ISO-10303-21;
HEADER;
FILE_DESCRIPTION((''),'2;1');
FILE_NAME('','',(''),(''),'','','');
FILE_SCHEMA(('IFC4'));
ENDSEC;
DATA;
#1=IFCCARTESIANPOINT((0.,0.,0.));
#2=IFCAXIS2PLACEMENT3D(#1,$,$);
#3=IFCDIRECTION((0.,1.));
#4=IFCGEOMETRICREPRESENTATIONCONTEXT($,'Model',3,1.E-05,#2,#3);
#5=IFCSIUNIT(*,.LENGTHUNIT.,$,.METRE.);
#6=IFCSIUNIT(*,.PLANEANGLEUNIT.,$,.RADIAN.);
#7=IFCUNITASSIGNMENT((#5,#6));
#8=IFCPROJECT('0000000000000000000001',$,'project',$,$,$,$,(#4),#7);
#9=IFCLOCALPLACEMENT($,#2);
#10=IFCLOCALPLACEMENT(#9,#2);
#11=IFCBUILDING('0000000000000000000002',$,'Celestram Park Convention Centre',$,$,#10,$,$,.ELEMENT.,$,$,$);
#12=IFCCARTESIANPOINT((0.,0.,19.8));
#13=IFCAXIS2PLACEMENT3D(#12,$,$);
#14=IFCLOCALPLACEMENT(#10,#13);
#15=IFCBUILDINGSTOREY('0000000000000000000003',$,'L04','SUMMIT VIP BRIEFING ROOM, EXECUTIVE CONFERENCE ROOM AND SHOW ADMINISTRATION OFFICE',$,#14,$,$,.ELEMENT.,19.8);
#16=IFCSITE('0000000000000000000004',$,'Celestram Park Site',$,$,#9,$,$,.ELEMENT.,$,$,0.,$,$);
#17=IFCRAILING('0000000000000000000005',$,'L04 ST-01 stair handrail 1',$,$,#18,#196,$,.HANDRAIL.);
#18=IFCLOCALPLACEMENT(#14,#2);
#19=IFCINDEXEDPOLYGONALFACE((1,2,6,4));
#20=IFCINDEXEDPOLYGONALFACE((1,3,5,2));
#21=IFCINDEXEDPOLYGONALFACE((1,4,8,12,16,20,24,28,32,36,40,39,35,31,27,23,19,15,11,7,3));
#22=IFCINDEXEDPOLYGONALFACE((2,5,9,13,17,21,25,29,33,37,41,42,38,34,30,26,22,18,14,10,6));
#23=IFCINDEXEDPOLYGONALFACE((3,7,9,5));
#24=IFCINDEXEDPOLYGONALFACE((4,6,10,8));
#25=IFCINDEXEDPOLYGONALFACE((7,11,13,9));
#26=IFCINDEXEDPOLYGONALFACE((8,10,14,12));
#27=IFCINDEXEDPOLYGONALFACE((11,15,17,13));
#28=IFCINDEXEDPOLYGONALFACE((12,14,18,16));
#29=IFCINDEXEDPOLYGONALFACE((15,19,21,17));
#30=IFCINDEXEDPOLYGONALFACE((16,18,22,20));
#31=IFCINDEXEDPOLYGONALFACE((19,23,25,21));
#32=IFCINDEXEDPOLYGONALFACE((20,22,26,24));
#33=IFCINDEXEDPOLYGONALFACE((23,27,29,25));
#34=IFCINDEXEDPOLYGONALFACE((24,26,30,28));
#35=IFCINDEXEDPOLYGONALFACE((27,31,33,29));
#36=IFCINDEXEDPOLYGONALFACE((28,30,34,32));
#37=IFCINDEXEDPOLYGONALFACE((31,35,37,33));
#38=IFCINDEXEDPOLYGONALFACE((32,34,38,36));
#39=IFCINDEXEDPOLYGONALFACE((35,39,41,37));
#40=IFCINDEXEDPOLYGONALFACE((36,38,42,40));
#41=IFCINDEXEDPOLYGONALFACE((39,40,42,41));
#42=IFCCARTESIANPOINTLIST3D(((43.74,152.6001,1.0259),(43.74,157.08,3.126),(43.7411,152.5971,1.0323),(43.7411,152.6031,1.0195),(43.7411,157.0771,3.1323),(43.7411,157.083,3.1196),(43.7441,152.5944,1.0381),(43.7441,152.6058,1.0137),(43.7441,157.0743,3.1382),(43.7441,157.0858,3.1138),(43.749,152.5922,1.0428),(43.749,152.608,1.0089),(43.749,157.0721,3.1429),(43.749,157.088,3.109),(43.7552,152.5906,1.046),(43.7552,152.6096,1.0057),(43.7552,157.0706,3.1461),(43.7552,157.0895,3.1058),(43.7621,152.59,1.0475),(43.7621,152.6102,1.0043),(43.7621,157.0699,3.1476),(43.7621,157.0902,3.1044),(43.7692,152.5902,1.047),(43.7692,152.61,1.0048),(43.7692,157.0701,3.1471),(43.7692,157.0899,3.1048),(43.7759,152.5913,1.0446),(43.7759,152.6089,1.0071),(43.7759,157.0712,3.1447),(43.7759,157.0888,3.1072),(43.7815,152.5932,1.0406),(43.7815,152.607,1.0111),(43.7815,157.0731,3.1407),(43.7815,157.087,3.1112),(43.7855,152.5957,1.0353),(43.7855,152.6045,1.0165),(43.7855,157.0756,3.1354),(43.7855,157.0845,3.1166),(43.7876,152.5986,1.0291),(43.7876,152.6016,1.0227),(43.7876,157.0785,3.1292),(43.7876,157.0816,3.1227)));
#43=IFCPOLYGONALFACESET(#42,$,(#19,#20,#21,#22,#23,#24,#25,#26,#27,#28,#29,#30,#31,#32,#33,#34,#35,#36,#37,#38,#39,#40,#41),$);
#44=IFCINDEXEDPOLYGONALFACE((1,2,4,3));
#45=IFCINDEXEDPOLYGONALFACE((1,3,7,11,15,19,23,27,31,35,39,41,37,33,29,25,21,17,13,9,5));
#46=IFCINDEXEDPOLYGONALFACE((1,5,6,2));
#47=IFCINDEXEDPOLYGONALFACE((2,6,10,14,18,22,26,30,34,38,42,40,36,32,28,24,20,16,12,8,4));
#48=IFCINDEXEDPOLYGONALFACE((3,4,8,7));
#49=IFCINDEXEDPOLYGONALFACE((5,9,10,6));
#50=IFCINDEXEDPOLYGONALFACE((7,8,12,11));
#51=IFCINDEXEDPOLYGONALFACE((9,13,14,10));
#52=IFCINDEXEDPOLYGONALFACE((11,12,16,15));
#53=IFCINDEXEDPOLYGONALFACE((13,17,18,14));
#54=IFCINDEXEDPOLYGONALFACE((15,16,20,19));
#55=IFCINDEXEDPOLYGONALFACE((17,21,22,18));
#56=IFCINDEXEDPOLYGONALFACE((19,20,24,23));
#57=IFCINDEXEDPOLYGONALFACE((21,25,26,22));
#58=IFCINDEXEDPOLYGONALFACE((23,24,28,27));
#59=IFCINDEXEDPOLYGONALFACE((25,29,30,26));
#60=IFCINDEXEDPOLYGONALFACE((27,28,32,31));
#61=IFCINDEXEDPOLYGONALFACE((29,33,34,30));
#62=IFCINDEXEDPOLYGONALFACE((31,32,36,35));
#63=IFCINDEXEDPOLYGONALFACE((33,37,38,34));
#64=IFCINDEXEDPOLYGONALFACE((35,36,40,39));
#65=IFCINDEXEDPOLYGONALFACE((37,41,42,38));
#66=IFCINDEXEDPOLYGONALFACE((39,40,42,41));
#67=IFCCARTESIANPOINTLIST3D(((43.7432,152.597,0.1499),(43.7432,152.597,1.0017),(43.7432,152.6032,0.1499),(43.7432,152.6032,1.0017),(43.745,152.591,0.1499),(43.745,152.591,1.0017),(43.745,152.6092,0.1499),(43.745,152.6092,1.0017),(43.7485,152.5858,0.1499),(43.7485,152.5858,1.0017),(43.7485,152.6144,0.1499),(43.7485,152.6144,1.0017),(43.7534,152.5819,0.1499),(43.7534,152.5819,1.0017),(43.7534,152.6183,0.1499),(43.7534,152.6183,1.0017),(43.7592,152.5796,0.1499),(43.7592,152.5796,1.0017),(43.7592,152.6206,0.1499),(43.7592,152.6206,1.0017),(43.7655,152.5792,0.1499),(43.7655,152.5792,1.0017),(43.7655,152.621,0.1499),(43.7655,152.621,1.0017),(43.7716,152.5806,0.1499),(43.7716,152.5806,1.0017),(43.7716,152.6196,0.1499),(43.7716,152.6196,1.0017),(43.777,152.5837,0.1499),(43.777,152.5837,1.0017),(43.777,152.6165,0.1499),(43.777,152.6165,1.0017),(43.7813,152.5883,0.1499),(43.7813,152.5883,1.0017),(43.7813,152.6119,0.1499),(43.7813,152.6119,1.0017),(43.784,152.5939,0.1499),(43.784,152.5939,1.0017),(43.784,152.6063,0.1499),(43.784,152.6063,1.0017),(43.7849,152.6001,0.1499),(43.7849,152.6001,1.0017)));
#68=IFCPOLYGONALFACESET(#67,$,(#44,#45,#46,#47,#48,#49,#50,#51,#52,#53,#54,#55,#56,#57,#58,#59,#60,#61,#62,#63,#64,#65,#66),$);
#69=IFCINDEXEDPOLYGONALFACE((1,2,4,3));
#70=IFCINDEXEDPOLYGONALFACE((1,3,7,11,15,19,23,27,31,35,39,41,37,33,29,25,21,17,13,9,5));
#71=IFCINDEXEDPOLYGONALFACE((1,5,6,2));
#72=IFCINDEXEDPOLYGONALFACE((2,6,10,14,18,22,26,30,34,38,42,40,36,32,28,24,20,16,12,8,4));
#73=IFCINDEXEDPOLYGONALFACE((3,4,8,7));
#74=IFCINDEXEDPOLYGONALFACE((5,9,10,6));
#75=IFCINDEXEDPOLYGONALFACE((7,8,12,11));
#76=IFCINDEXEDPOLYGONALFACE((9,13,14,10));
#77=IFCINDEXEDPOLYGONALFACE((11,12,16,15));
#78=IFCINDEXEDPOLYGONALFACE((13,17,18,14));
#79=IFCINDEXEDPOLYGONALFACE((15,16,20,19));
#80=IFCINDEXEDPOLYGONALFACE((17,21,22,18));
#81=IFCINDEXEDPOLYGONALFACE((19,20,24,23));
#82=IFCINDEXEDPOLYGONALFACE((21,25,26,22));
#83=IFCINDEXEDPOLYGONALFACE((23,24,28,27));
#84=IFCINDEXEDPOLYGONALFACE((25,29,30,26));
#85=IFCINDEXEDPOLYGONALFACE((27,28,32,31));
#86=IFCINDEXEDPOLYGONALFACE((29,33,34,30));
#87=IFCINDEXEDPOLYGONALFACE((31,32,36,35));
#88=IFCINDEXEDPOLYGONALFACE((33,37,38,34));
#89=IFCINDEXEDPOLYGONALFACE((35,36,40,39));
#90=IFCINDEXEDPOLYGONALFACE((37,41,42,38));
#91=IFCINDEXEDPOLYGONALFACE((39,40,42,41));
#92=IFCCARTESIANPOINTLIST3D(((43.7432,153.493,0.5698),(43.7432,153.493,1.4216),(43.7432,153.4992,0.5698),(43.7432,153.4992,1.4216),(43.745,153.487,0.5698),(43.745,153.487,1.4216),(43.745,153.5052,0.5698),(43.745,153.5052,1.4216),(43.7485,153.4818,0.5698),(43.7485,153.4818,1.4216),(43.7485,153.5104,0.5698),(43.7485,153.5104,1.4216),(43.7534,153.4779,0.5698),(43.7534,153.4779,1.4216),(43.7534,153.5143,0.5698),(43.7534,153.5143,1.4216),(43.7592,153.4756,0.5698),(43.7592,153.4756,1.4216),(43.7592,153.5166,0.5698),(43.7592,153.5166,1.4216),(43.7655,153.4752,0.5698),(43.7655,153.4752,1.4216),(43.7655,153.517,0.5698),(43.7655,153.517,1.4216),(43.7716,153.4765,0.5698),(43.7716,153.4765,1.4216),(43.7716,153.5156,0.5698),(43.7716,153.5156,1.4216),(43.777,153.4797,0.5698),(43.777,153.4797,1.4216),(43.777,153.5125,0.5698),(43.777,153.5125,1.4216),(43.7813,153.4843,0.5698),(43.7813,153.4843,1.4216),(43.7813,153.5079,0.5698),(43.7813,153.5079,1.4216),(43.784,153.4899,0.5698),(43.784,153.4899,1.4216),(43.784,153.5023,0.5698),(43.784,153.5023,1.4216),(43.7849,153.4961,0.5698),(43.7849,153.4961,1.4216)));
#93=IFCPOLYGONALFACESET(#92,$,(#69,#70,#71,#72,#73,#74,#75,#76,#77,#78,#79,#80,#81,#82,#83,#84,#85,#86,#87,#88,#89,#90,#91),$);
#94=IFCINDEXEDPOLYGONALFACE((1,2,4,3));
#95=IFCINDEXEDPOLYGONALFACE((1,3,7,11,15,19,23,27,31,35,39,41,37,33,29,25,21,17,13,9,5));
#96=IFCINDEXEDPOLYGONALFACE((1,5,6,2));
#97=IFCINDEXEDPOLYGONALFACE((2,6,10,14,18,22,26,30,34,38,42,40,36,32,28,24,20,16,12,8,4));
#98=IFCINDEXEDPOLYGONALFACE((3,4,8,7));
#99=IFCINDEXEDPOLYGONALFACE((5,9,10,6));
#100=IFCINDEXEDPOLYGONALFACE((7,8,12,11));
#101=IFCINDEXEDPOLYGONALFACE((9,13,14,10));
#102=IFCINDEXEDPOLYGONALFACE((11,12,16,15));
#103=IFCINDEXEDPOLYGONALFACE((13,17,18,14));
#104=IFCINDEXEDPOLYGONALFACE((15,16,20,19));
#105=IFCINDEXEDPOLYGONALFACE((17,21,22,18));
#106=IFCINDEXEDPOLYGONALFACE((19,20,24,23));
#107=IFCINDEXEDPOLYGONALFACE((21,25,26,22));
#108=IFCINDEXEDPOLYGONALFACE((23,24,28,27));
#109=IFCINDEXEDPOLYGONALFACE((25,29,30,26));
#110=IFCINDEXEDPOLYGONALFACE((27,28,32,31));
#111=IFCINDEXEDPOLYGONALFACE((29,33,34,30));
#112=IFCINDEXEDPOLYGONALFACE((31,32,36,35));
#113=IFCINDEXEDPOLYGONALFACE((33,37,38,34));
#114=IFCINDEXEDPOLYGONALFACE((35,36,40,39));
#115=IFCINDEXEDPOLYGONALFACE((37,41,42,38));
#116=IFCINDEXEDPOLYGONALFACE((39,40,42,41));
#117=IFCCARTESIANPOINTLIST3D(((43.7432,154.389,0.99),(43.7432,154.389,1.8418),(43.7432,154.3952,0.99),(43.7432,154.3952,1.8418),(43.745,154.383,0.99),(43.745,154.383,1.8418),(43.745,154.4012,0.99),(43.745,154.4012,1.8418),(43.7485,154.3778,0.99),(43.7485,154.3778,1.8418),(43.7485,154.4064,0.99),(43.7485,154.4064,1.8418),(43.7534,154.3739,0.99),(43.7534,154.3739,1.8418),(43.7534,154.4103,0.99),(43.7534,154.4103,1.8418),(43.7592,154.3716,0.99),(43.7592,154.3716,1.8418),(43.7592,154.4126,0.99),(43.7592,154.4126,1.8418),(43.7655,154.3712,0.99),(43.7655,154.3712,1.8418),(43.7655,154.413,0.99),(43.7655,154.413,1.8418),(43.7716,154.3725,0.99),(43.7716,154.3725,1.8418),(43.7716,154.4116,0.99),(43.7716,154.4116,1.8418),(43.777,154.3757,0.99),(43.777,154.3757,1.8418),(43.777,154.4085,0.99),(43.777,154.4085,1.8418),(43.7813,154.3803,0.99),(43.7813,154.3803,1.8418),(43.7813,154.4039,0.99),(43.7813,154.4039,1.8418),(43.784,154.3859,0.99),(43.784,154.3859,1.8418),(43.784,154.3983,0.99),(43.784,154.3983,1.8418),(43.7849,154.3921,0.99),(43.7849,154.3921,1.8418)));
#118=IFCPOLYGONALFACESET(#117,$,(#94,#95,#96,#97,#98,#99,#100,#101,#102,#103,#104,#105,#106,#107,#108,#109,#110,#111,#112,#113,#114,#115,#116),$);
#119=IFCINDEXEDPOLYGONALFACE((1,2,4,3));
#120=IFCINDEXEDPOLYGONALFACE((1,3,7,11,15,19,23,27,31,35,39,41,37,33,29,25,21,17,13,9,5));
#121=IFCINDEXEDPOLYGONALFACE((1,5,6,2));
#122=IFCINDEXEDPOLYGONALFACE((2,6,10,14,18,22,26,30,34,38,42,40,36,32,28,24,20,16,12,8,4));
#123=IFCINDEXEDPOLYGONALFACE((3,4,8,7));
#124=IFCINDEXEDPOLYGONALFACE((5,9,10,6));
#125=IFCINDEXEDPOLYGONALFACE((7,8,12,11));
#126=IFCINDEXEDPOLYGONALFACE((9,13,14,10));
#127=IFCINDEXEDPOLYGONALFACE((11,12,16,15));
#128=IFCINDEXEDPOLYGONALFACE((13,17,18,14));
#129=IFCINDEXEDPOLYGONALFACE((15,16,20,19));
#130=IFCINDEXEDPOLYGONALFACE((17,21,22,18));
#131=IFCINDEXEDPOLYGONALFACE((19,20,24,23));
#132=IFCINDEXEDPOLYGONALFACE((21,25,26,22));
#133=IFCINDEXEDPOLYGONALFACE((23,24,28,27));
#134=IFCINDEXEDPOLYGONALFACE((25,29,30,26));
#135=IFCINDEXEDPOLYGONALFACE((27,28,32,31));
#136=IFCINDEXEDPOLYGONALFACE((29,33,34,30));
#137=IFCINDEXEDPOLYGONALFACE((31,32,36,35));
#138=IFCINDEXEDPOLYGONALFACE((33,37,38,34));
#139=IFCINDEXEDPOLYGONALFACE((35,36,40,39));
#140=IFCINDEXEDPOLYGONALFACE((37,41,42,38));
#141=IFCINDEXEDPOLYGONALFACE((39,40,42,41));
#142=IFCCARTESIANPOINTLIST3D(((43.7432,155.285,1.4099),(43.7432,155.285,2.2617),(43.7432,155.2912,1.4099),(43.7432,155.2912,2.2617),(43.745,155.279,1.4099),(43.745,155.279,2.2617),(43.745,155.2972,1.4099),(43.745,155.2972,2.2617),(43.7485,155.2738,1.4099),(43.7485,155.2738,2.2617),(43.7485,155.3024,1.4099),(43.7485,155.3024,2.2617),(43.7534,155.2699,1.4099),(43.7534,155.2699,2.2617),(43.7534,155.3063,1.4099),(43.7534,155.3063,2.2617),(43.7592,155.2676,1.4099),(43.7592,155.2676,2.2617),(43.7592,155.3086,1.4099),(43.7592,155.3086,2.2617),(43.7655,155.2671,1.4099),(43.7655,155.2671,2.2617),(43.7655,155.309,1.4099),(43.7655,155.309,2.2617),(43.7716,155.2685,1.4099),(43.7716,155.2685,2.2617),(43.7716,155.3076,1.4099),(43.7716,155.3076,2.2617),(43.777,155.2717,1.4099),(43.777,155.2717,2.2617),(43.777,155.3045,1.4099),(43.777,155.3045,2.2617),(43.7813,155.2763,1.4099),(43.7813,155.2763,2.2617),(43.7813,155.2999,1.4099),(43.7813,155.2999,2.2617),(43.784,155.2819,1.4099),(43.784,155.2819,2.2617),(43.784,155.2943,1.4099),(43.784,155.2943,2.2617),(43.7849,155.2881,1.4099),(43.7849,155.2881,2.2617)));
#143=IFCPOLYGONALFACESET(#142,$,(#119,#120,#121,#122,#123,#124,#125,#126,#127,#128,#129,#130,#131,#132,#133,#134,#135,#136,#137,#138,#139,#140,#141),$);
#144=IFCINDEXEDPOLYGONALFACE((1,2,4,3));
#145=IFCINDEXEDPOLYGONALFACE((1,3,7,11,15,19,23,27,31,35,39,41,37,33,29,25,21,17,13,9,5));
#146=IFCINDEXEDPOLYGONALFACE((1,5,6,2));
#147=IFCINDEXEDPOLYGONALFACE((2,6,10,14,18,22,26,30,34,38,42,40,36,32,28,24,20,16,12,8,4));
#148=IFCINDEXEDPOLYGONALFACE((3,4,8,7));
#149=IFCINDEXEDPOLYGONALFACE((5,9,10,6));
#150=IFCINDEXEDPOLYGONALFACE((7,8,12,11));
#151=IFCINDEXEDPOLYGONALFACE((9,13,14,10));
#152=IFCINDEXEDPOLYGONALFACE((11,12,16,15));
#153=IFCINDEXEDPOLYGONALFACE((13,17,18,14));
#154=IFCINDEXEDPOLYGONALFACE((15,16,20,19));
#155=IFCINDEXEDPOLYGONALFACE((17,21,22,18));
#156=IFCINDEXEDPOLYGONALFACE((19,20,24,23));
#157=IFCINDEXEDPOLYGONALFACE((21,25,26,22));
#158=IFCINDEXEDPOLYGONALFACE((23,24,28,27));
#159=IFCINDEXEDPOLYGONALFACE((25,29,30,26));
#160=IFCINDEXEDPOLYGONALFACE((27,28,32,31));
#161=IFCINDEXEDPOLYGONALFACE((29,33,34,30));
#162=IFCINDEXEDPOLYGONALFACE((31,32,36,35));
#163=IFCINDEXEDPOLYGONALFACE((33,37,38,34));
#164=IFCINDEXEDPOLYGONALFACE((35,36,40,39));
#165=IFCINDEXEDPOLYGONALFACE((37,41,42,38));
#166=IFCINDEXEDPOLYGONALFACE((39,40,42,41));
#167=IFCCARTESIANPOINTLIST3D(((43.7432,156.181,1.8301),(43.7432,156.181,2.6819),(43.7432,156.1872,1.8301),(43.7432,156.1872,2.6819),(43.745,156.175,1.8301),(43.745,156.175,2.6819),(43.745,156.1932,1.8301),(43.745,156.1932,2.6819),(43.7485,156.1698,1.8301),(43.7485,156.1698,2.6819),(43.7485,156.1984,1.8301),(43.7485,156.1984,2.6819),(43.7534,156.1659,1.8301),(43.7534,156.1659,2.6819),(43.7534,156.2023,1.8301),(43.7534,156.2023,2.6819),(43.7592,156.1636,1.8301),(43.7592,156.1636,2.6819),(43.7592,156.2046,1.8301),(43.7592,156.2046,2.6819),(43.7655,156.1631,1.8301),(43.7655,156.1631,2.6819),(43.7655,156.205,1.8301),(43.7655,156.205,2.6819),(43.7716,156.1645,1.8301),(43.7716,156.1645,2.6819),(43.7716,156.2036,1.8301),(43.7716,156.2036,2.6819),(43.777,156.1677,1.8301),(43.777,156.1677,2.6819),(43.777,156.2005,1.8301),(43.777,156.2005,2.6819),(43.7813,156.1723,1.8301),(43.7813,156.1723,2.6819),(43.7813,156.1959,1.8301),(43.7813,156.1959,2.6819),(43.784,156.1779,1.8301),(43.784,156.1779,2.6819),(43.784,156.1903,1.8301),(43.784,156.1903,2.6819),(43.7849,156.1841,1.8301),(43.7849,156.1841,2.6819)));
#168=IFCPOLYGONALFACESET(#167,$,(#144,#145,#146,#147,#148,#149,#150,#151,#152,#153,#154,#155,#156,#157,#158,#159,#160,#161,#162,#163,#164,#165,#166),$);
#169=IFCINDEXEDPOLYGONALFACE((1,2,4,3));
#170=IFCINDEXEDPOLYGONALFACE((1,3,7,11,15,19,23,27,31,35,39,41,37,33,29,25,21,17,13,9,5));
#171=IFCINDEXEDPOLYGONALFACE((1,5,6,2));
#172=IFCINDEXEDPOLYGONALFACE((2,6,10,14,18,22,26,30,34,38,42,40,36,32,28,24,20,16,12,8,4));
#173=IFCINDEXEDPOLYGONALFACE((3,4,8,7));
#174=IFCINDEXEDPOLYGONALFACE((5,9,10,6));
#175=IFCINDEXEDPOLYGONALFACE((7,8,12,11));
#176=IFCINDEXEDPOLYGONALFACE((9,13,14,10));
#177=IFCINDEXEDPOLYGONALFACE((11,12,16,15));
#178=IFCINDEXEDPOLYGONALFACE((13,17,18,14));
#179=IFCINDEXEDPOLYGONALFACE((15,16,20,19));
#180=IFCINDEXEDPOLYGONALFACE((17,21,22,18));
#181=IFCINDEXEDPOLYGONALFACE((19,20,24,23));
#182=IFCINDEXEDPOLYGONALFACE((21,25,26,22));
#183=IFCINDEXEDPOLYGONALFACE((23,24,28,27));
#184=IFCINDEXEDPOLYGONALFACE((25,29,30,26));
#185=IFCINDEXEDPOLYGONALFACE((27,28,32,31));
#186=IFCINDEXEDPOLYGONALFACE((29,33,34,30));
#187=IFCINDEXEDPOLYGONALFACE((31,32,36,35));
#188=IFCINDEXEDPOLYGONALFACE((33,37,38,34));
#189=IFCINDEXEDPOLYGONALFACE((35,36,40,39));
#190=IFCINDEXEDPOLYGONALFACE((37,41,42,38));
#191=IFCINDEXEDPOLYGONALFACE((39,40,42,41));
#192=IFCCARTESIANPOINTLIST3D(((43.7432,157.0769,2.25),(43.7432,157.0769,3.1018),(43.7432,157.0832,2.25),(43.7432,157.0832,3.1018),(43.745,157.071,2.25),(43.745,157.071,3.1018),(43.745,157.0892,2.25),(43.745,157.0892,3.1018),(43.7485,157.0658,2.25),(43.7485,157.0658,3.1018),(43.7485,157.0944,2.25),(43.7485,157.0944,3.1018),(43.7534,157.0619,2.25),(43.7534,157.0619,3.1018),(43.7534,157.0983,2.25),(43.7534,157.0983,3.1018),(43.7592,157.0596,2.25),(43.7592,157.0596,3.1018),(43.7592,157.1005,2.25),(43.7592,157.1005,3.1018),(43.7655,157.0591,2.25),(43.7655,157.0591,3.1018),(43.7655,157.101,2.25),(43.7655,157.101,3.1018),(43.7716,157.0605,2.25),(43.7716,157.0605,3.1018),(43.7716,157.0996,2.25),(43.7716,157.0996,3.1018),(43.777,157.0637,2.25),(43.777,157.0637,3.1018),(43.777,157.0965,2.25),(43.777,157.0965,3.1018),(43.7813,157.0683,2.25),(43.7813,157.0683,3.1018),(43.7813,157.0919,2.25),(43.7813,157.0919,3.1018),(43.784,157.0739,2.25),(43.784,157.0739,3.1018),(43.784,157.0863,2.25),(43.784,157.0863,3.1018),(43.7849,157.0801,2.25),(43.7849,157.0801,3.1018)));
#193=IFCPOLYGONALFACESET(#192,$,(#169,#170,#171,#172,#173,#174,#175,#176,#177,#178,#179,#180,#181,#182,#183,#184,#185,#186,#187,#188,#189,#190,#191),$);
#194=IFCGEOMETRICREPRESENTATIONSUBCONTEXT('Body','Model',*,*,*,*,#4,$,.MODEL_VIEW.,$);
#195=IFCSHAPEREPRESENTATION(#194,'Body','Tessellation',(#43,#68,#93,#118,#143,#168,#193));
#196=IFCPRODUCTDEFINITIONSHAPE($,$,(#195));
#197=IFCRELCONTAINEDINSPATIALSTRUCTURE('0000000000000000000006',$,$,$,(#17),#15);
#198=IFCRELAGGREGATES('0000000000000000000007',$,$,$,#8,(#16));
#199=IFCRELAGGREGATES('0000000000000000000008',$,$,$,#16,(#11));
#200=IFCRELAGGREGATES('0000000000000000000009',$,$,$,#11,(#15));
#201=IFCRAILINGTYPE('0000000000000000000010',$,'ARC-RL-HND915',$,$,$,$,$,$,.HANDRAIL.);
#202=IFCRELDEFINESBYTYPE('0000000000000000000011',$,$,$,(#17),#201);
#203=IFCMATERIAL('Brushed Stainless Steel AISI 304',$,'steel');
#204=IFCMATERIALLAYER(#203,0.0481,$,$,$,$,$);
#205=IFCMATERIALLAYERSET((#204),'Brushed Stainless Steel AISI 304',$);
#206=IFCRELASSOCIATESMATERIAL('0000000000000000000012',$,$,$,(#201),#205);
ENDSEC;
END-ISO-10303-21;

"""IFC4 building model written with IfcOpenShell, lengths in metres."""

from ifc_helpers import new_model, si_unit, direction, frame, origin, origin_2d, place, context, subcontext, project, spatial, circle, extrude, material, layer, layer_set, type_object, element, save


model = new_model("IFC4")

# Units and contexts
model_context = context("Model", 3, precision=1e-05, world=origin(), true_north=direction((0.0, 1.0)))
body_context = subcontext(model_context, "Body", "Model", "MODEL_VIEW")
ifc_project = project(units=[si_unit("LENGTHUNIT", "METRE"), si_unit("PLANEANGLEUNIT", "RADIAN")], contexts=[model_context])

# Site, building, storey
site_placement = place(None, origin())
site = spatial("IfcSite", under=ifc_project, at=site_placement, Name="Celestram Park Site", CompositionType="ELEMENT", RefElevation=0.0)
building_placement = place(site_placement, origin())
building = spatial("IfcBuilding", under=site, at=building_placement, Name="Celestram Park Convention Centre", CompositionType="ELEMENT")
storey_placement = place(building_placement, frame((0.0, 0.0, 19.8)))
storey = spatial("IfcBuildingStorey", under=building, at=storey_placement, Name="L04", Description="SUMMIT VIP BRIEFING ROOM, EXECUTIVE CONFERENCE ROOM AND SHOW ADMINISTRATION OFFICE", CompositionType="ELEMENT", Elevation=19.8)

# Railing
ifc_material_1 = material(Name="Brushed Stainless Steel AISI 304", Category="steel")
ifc_layer_1 = layer(ifc_material_1, 0.0481)
ifc_layer_set_1 = layer_set([ifc_layer_1], Name="Brushed Stainless Steel AISI 304")
railing_type_1 = type_object("IfcRailingType", Name="ARC-RL-HND915", PredefinedType="HANDRAIL", material=ifc_layer_set_1)
railing_1_placement = place(storey_placement, frame((43.7639, 152.6001, 0.1499)))
element("IfcRailing", 1, at=railing_1_placement, inside=storey, type_object=railing_type_1, Name="L04 ST-01 stair handrail 1", PredefinedType="HANDRAIL", context=body_context, shape_type="SweptSolid", body=[
    extrude(circle(Radius=0.0239, at=origin_2d()), frame((0.0, 0.0, 0.876), z_axis=(0.0, 0.905451, 0.424452), x_axis=(-1.0, 0.0, 0.0)), (0.0, 0.0, 1.0), 4.9478),
    extrude(circle(Radius=0.021, at=origin_2d()), origin(), (0.0, 0.0, 1.0), 0.8518),
    extrude(circle(Radius=0.021, at=origin_2d()), frame((0.0, 0.896, 0.4199)), (0.0, 0.0, 1.0), 0.8518),
    extrude(circle(Radius=0.021, at=origin_2d()), frame((0.0, 1.792, 0.8401)), (0.0, 0.0, 1.0), 0.8518),
    extrude(circle(Radius=0.021, at=origin_2d()), frame((0.0, 2.688, 1.26)), (0.0, 0.0, 1.0), 0.8518),
    extrude(circle(Radius=0.021, at=origin_2d()), frame((0.0, 3.584, 1.6802)), (0.0, 0.0, 1.0), 0.8518),
    extrude(circle(Radius=0.021, at=origin_2d()), frame((0.0, 4.48, 2.1001)), (0.0, 0.0, 1.0), 0.8518),
])

save(model, "model.ifc")
